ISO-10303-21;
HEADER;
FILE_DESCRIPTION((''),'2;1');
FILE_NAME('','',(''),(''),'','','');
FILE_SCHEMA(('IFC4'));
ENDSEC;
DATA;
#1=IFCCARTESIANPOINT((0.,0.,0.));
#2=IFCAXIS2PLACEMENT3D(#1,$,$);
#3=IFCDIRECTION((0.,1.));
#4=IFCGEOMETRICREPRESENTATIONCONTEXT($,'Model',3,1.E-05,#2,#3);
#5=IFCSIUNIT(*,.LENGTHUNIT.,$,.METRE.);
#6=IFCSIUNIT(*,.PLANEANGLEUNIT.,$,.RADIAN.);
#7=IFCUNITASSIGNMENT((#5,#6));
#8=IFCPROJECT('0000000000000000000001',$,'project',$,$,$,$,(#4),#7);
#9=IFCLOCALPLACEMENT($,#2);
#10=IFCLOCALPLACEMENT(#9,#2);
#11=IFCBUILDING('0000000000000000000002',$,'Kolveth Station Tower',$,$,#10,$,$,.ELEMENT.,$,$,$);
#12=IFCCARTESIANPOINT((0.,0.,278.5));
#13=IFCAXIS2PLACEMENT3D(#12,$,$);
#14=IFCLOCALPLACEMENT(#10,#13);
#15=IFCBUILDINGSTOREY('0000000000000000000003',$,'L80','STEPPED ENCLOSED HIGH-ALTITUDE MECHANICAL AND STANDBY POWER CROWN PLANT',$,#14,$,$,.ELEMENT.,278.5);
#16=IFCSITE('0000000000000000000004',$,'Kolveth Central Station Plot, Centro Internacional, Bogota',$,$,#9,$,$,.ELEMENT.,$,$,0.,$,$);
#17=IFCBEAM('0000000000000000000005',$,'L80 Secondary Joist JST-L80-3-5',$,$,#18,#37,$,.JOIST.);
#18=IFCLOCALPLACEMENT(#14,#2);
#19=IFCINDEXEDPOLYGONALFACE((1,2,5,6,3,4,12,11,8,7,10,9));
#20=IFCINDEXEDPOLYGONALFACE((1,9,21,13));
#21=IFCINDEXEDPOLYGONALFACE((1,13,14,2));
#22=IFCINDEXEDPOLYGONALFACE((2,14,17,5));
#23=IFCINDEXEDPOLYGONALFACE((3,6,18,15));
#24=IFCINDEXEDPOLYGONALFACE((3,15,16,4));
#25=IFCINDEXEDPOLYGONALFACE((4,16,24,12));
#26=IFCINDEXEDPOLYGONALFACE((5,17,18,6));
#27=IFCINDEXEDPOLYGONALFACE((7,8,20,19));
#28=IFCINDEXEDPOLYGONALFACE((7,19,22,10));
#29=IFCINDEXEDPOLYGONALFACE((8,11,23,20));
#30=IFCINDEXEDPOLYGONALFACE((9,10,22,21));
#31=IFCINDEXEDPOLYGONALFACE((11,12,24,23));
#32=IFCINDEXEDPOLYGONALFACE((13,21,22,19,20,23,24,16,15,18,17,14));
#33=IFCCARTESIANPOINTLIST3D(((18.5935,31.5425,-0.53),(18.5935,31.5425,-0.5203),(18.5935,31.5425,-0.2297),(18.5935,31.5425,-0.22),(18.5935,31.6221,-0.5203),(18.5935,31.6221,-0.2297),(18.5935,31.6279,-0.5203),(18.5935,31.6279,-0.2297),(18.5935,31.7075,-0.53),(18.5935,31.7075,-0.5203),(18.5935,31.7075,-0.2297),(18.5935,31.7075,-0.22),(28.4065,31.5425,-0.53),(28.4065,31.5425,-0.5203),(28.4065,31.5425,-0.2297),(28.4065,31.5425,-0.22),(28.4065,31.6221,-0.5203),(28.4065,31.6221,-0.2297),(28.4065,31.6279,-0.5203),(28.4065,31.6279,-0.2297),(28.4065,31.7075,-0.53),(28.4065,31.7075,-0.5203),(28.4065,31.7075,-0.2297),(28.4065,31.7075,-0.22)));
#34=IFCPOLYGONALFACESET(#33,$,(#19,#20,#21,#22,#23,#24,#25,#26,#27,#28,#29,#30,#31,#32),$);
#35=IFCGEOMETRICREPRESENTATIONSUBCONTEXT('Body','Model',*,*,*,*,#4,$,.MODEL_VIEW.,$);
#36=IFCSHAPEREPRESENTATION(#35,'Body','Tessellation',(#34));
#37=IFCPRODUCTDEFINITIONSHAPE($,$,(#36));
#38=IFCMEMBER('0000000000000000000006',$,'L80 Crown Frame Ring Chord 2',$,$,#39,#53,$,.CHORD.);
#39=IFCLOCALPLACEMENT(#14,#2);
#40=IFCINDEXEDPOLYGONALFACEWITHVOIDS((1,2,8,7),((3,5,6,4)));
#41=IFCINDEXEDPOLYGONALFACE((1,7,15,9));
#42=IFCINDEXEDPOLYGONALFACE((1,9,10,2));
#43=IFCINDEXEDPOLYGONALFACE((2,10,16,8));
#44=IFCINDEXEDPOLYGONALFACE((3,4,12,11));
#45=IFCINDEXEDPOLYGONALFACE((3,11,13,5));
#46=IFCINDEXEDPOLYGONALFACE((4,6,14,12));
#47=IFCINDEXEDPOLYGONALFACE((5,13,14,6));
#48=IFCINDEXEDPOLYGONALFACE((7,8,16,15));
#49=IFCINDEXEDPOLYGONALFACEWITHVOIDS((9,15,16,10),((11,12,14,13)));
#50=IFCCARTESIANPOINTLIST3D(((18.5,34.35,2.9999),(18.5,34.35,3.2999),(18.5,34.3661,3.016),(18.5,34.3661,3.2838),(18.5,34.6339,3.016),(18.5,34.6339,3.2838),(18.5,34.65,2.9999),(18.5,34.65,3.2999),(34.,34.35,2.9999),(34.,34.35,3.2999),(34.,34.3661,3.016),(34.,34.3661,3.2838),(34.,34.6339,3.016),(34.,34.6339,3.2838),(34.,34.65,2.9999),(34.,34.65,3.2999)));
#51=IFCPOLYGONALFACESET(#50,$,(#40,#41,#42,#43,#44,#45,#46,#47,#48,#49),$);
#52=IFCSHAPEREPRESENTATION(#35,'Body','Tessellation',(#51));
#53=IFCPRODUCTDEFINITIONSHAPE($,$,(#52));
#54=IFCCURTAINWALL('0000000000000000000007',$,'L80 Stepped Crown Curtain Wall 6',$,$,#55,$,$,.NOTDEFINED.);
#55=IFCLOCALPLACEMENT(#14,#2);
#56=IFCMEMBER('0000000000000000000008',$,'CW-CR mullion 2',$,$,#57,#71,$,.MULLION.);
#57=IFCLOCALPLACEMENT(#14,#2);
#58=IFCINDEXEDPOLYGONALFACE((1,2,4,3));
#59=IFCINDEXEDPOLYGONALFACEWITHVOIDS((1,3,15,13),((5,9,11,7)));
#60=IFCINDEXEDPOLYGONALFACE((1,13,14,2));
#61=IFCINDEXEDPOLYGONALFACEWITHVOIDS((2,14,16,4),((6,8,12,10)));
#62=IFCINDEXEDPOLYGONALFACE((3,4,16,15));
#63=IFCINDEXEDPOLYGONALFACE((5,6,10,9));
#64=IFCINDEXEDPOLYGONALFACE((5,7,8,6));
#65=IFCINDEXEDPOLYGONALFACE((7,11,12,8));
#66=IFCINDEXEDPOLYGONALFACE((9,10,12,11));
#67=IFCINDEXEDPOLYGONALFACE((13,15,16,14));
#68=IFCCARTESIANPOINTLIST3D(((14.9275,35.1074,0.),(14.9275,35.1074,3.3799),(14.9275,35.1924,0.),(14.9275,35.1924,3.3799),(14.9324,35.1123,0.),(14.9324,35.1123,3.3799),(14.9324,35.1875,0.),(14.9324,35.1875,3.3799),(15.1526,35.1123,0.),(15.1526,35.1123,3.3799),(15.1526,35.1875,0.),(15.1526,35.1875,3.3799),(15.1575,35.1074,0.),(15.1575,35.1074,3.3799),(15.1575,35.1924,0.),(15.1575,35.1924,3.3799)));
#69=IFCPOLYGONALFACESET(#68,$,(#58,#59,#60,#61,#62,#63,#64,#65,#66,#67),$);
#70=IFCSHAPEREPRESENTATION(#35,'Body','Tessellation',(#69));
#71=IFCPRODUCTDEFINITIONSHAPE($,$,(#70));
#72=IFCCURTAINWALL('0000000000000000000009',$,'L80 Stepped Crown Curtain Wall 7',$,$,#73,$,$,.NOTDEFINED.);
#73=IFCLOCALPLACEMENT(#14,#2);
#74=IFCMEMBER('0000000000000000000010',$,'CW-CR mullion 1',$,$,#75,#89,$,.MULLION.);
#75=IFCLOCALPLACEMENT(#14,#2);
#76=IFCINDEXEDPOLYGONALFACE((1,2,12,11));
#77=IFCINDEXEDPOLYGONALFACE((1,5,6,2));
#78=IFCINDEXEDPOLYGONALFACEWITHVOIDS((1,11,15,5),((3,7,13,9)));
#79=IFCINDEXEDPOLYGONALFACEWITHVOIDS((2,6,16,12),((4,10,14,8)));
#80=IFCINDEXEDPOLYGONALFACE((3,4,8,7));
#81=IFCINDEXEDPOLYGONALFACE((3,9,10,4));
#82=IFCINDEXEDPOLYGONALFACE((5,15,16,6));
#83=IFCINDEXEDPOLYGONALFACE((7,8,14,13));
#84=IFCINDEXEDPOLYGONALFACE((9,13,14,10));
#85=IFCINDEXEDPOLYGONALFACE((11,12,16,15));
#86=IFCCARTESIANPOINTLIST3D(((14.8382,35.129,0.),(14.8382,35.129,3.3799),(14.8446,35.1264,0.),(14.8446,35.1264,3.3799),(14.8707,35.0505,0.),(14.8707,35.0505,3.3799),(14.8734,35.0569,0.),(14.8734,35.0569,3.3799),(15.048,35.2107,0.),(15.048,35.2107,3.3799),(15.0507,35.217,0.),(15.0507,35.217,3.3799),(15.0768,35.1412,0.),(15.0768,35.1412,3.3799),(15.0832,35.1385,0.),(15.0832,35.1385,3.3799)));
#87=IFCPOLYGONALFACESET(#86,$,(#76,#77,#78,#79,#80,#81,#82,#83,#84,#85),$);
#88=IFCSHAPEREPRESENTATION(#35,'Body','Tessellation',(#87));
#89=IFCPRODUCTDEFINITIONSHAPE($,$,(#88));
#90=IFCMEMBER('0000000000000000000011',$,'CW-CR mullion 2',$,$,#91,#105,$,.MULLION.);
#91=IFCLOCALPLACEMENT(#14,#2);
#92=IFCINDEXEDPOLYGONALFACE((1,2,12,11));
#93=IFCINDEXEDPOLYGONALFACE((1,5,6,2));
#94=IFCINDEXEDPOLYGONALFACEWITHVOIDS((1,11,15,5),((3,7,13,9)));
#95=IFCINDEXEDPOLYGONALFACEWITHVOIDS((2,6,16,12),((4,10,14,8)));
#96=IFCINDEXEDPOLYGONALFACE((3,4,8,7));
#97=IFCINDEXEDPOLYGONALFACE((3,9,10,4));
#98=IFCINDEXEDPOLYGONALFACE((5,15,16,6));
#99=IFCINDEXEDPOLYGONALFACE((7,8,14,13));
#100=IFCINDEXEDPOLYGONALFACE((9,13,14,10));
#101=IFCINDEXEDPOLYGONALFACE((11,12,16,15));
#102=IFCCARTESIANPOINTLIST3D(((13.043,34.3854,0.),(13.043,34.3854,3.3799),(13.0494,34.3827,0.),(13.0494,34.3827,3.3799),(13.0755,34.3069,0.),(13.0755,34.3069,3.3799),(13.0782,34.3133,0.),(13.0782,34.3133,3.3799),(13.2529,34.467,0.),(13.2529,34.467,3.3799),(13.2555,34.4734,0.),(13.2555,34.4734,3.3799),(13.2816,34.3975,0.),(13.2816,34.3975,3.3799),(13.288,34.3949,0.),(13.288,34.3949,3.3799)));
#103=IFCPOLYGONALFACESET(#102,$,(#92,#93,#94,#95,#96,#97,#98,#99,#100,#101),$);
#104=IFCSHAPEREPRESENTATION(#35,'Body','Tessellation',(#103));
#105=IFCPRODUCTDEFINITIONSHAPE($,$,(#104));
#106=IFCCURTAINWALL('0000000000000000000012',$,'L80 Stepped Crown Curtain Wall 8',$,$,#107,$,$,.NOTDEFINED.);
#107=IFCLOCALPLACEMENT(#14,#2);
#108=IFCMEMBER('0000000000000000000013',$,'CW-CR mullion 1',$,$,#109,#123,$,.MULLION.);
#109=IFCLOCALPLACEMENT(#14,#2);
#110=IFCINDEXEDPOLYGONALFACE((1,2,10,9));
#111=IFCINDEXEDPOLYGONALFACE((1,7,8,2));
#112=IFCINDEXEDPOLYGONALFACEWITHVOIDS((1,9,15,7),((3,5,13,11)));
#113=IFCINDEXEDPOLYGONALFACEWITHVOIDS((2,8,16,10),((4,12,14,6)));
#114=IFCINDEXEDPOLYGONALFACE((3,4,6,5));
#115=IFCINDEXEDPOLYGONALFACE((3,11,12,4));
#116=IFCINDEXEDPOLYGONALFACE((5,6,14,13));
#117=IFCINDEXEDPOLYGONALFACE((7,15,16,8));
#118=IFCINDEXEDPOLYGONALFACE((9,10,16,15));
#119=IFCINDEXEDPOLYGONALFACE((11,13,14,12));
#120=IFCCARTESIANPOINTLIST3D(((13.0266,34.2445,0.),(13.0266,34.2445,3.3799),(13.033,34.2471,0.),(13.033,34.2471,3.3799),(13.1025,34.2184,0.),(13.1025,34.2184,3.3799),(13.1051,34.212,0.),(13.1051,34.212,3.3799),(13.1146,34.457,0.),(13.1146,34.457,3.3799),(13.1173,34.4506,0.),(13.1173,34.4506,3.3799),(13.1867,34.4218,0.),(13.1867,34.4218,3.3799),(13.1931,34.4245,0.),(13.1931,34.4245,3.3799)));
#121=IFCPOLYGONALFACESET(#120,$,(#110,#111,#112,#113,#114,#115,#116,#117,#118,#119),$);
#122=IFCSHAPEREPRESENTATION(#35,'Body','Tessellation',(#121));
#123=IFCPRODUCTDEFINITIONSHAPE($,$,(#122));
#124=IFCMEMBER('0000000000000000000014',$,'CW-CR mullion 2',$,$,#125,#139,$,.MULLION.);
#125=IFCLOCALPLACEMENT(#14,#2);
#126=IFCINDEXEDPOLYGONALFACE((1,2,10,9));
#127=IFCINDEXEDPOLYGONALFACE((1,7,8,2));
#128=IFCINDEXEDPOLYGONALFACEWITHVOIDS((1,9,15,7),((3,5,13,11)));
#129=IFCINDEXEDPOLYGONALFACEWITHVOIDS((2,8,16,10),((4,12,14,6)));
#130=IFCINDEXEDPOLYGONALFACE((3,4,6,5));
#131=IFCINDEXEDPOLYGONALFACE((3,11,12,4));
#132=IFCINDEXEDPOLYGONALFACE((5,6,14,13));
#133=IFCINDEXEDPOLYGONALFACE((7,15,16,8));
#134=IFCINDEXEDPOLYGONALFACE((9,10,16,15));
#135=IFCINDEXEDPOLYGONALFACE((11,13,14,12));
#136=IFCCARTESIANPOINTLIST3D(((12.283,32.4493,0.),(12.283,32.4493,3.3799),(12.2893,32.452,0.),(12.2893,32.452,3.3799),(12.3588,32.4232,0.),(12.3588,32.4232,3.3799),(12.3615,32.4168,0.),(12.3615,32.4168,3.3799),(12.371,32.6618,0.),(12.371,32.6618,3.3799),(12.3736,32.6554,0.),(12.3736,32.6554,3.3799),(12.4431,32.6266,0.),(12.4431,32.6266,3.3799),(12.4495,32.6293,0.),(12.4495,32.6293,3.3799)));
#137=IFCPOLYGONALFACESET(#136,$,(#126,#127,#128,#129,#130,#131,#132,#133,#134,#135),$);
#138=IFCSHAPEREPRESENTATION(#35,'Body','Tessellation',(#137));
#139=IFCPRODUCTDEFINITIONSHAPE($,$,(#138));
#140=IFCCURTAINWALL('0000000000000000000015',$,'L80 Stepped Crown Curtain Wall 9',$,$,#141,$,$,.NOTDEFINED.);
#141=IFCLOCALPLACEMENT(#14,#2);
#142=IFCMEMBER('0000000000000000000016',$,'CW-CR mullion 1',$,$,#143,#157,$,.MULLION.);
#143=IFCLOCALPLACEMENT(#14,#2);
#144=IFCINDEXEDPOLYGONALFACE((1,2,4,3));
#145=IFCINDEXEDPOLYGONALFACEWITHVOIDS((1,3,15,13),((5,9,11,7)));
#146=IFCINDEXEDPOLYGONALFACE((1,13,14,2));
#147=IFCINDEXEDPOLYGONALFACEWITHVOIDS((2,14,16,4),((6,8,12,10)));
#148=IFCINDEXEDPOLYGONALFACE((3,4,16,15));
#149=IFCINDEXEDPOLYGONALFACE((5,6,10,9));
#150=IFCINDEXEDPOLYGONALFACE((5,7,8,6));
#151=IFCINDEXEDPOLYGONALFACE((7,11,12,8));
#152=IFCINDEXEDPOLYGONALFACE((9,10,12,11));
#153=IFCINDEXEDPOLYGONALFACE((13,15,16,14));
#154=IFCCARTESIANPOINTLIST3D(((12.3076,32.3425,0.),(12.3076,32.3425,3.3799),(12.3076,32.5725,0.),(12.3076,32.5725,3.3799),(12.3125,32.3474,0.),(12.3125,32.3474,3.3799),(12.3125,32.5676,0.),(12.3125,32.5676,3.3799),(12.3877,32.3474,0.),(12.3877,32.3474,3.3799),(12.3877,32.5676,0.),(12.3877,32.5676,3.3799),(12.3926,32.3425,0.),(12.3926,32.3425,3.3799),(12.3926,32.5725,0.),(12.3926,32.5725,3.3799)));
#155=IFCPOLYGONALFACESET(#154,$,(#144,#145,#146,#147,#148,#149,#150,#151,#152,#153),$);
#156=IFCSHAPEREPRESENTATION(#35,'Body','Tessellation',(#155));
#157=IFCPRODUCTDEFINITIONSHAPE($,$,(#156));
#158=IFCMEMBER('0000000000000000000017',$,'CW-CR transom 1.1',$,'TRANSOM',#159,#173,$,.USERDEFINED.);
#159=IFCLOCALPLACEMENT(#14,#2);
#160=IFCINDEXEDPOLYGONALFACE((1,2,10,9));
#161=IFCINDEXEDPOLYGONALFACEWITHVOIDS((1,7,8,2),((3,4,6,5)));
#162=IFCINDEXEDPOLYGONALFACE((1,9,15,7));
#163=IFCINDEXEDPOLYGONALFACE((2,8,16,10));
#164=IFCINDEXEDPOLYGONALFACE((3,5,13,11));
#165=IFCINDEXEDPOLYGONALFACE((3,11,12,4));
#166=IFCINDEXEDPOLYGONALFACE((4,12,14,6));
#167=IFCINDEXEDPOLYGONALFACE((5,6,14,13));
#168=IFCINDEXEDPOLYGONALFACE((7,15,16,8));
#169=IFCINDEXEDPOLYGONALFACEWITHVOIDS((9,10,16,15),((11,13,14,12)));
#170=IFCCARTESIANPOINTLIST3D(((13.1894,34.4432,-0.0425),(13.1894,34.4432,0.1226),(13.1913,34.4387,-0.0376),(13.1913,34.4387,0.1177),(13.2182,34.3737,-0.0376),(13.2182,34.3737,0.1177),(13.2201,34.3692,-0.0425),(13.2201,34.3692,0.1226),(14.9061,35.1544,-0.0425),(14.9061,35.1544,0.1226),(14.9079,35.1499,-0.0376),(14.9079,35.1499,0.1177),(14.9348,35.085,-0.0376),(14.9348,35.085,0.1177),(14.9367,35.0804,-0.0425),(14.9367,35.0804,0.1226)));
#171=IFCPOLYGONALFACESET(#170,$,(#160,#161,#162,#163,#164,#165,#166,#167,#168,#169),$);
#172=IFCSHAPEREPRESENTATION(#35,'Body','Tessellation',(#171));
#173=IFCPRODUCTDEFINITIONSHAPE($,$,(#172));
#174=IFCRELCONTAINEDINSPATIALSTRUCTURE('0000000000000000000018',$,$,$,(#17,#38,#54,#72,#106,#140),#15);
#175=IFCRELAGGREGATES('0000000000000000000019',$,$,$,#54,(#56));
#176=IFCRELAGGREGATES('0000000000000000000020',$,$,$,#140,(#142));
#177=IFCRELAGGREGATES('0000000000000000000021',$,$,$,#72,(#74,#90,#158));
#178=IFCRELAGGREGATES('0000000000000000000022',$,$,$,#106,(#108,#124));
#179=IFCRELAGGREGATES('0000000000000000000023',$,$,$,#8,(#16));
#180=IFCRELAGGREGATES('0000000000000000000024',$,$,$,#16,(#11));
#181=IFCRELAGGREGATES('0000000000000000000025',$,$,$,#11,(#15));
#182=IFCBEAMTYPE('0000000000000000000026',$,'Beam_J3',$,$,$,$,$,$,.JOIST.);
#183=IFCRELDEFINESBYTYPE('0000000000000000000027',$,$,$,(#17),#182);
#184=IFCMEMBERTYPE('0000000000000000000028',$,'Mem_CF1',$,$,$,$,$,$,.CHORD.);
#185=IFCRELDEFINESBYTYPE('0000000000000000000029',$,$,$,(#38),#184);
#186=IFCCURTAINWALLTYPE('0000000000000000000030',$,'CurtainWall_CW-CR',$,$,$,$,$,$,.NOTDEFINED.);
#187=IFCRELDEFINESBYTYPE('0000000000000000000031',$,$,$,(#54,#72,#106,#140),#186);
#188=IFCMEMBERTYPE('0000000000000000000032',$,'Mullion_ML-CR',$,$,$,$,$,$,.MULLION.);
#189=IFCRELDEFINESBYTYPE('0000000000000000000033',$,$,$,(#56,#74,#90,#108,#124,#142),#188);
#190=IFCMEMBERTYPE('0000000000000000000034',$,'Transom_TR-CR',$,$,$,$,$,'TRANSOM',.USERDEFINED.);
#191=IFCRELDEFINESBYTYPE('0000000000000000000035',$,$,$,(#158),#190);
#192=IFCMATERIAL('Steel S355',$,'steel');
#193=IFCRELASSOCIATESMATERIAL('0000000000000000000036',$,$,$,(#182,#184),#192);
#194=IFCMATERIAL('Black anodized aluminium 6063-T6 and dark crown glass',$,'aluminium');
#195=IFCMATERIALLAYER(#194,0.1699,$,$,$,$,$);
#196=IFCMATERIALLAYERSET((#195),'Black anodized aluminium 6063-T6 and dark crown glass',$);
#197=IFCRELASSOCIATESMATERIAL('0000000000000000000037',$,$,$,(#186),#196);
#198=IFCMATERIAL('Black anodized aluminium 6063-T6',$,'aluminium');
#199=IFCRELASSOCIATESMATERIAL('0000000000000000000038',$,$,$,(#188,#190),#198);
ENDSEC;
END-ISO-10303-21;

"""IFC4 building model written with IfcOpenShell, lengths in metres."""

from ifc_helpers import new_model, si_unit, direction, frame, origin, origin_2d, place, context, subcontext, project, spatial, hollow_rectangle, i_section, extrude, source, transform, mapped, material, layer, layer_set, material_profile, profile_set, type_object, element, aggregate, save


model = new_model("IFC4")

# Units and contexts
model_context = context("Model", 3, precision=1e-05, world=origin(), true_north=direction((0.0, 1.0)))
body_context = subcontext(model_context, "Body", "Model", "MODEL_VIEW")
ifc_project = project(units=[si_unit("LENGTHUNIT", "METRE"), si_unit("PLANEANGLEUNIT", "RADIAN")], contexts=[model_context])

# Site, building, storey
site_placement = place(None, origin())
site = spatial("IfcSite", under=ifc_project, at=site_placement, Name="Kolveth Central Station Plot, Centro Internacional, Bogota", CompositionType="ELEMENT", RefElevation=0.0)
building_placement = place(site_placement, origin())
building = spatial("IfcBuilding", under=site, at=building_placement, Name="Kolveth Station Tower", CompositionType="ELEMENT")
storey_placement = place(building_placement, frame((0.0, 0.0, 278.5)))
storey = spatial("IfcBuildingStorey", under=building, at=storey_placement, Name="L80", Description="STEPPED ENCLOSED HIGH-ALTITUDE MECHANICAL AND STANDBY POWER CROWN PLANT", CompositionType="ELEMENT", Elevation=278.5)

# Shared definitions
ifc_material_1 = material(Name="Steel S355", Category="steel")

# Beam
ifc_material_profile_1 = material_profile(ifc_material_1, i_section(OverallWidth=0.165, OverallDepth=0.3101, WebThickness=0.0059, FlangeThickness=0.0098, at=origin_2d()), Name="W310x39")
ifc_profile_set_1 = profile_set([ifc_material_profile_1], Name="Steel S355")
beam_type_1 = type_object("IfcBeamType", Name="Beam_J3", PredefinedType="JOIST", material=ifc_profile_set_1)
shared_shape_1 = source(origin(), body_context, "Body", "SweptSolid", [
    extrude(i_section(OverallWidth=0.165, OverallDepth=0.3101, WebThickness=0.0059, FlangeThickness=0.0098, at=origin_2d()), origin(), (0.0, 0.0, 1.0), 9.813),
])
beam_1_placement = place(storey_placement, frame((18.5935, 31.625, -0.375), z_axis=(1.0, 0.0, 0.0), x_axis=(0.0, 1.0, 0.0)))
element("IfcBeam", 1, at=beam_1_placement, inside=storey, type_object=beam_type_1, Name="L80 Secondary Joist JST-L80-3-5", PredefinedType="JOIST", context=body_context, shape_type="MappedRepresentation", body=[
    mapped(shared_shape_1, transform((0.0, 0.0, 0.0), x_axis=(1.0, 0.0, 0.0), y_axis=(0.0, 1.0, 0.0), z_axis=(0.0, 0.0, 1.0), scale=1.0)),
])

# Member
ifc_material_profile_2 = material_profile(ifc_material_1, hollow_rectangle(XDim=0.3, YDim=0.3, WallThickness=0.0161, at=origin_2d()), Name="CROWN-HSS300x300x16")
ifc_profile_set_2 = profile_set([ifc_material_profile_2], Name="Steel S355")
member_type_1 = type_object("IfcMemberType", Name="Mem_CF1", PredefinedType="CHORD", material=ifc_profile_set_2)
shared_shape_2 = source(origin(), body_context, "Body", "SweptSolid", [
    extrude(hollow_rectangle(XDim=0.3, YDim=0.3, WallThickness=0.0161, at=origin_2d()), origin(), (0.0, 0.0, 1.0), 15.5),
])
member_1_placement = place(storey_placement, frame((18.5, 34.5, 3.1499), z_axis=(1.0, 0.0, 0.0), x_axis=(0.0, 1.0, 0.0)))
element("IfcMember", 2, at=member_1_placement, inside=storey, type_object=member_type_1, Name="L80 Crown Frame Ring Chord 2", PredefinedType="CHORD", context=body_context, shape_type="MappedRepresentation", body=[
    mapped(shared_shape_2, transform((0.0, 0.0, 0.0), x_axis=(1.0, 0.0, 0.0), y_axis=(0.0, 1.0, 0.0), z_axis=(0.0, 0.0, 1.0), scale=1.0)),
])

# Curtain wall, member
ifc_material_2 = material(Name="Black anodized aluminium 6063-T6 and dark crown glass", Category="aluminium")
ifc_layer_1 = layer(ifc_material_2, 0.1699)
ifc_layer_set_1 = layer_set([ifc_layer_1], Name="Black anodized aluminium 6063-T6 and dark crown glass")
curtain_wall_type = type_object("IfcCurtainWallType", Name="CurtainWall_CW-CR", PredefinedType="NOTDEFINED", material=ifc_layer_set_1)
curtain_wall_1_placement = place(storey_placement, origin())
curtain_wall_1 = element("IfcCurtainWall", 3, at=curtain_wall_1_placement, inside=storey, type_object=curtain_wall_type, Name="L80 Stepped Crown Curtain Wall 6", PredefinedType="NOTDEFINED")
ifc_material_3 = material(Name="Black anodized aluminium 6063-T6", Category="aluminium")
ifc_material_profile_3 = material_profile(ifc_material_3, hollow_rectangle(XDim=0.085, YDim=0.23, WallThickness=0.0049, at=origin_2d()), Name="ALU-85x230x5")
ifc_profile_set_3 = profile_set([ifc_material_profile_3], Name="Black anodized aluminium 6063-T6")
member_type_2 = type_object("IfcMemberType", Name="Mullion_ML-CR", PredefinedType="MULLION", material=ifc_profile_set_3)
shared_shape_3 = source(origin(), body_context, "Body", "SweptSolid", [
    extrude(hollow_rectangle(XDim=0.085, YDim=0.23, WallThickness=0.0049, at=origin_2d()), origin(), (0.0, 0.0, 1.0), 3.3799),
])
member_2_placement = place(storey_placement, frame((15.0425, 35.1499, 0.0), z_axis=(0.0, 0.0, 1.0), x_axis=(0.0, -1.0, 0.0)))
member_2 = element("IfcMember", 4, at=member_2_placement, type_object=member_type_2, Name="CW-CR mullion 2", PredefinedType="MULLION", context=body_context, shape_type="MappedRepresentation", body=[
    mapped(shared_shape_3, transform((0.0, 0.0, 0.0), x_axis=(1.0, 0.0, 0.0), y_axis=(0.0, 1.0, 0.0), z_axis=(0.0, 0.0, 1.0), scale=1.0)),
])
aggregate(curtain_wall_1, [member_2])

# Curtain walls, members
curtain_wall_2_placement = place(storey_placement, origin())
curtain_wall_2 = element("IfcCurtainWall", 5, at=curtain_wall_2_placement, inside=storey, type_object=curtain_wall_type, Name="L80 Stepped Crown Curtain Wall 7", PredefinedType="NOTDEFINED")
member_3_placement = place(storey_placement, frame((14.9607, 35.1338, 0.0), z_axis=(0.0, 0.0, 1.0), x_axis=(0.382703, -0.923871, 0.0)))
member_3 = element("IfcMember", 6, at=member_3_placement, type_object=member_type_2, Name="CW-CR mullion 1", PredefinedType="MULLION", context=body_context, shape_type="MappedRepresentation", body=[
    mapped(shared_shape_3, transform((0.0, 0.0, 0.0), x_axis=(1.0, 0.0, 0.0), y_axis=(0.0, 1.0, 0.0), z_axis=(0.0, 0.0, 1.0), scale=1.0)),
])
member_4_placement = place(storey_placement, frame((13.1655, 34.3901, 0.0), z_axis=(0.0, 0.0, 1.0), x_axis=(0.382703, -0.923871, 0.0)))
member_4 = element("IfcMember", 7, at=member_4_placement, type_object=member_type_2, Name="CW-CR mullion 2", PredefinedType="MULLION", context=body_context, shape_type="MappedRepresentation", body=[
    mapped(shared_shape_3, transform((0.0, 0.0, 0.0), x_axis=(1.0, 0.0, 0.0), y_axis=(0.0, 1.0, 0.0), z_axis=(0.0, 0.0, 1.0), scale=1.0)),
])
curtain_wall_3_placement = place(storey_placement, origin())
curtain_wall_3 = element("IfcCurtainWall", 8, at=curtain_wall_3_placement, inside=storey, type_object=curtain_wall_type, Name="L80 Stepped Crown Curtain Wall 8", PredefinedType="NOTDEFINED")
member_5_placement = place(storey_placement, frame((13.1099, 34.3345, 0.0), z_axis=(0.0, 0.0, 1.0), x_axis=(0.923871, -0.382703, 0.0)))
member_5 = element("IfcMember", 9, at=member_5_placement, type_object=member_type_2, Name="CW-CR mullion 1", PredefinedType="MULLION", context=body_context, shape_type="MappedRepresentation", body=[
    mapped(shared_shape_3, transform((0.0, 0.0, 0.0), x_axis=(1.0, 0.0, 0.0), y_axis=(0.0, 1.0, 0.0), z_axis=(0.0, 0.0, 1.0), scale=1.0)),
])
member_6_placement = place(storey_placement, frame((12.3662, 32.5393, 0.0), z_axis=(0.0, 0.0, 1.0), x_axis=(0.923871, -0.382703, 0.0)))
member_6 = element("IfcMember", 10, at=member_6_placement, type_object=member_type_2, Name="CW-CR mullion 2", PredefinedType="MULLION", context=body_context, shape_type="MappedRepresentation", body=[
    mapped(shared_shape_3, transform((0.0, 0.0, 0.0), x_axis=(1.0, 0.0, 0.0), y_axis=(0.0, 1.0, 0.0), z_axis=(0.0, 0.0, 1.0), scale=1.0)),
])

# Curtain wall, member
curtain_wall_4_placement = place(storey_placement, origin())
curtain_wall_4 = element("IfcCurtainWall", 11, at=curtain_wall_4_placement, inside=storey, type_object=curtain_wall_type, Name="L80 Stepped Crown Curtain Wall 9", PredefinedType="NOTDEFINED")
member_7_placement = place(storey_placement, frame((12.3501, 32.4575, 0.0), z_axis=(0.0, 0.0, 1.0), x_axis=(1.0, 0.0, 0.0)))
member_7 = element("IfcMember", 12, at=member_7_placement, type_object=member_type_2, Name="CW-CR mullion 1", PredefinedType="MULLION", context=body_context, shape_type="MappedRepresentation", body=[
    mapped(shared_shape_3, transform((0.0, 0.0, 0.0), x_axis=(1.0, 0.0, 0.0), y_axis=(0.0, 1.0, 0.0), z_axis=(0.0, 0.0, 1.0), scale=1.0)),
])

# Member
ifc_material_profile_4 = material_profile(ifc_material_3, hollow_rectangle(XDim=0.0801, YDim=0.165, WallThickness=0.0049, at=origin_2d()), Name="ALU-80x165x5")
ifc_profile_set_4 = profile_set([ifc_material_profile_4], Name="Black anodized aluminium 6063-T6")
member_type_3 = type_object("IfcMemberType", Name="Transom_TR-CR", ElementType="TRANSOM", PredefinedType="USERDEFINED", material=ifc_profile_set_4)
shared_shape_4 = source(origin(), body_context, "Body", "SweptSolid", [
    extrude(hollow_rectangle(XDim=0.0801, YDim=0.165, WallThickness=0.0049, at=origin_2d()), origin(), (0.0, 0.0, 1.0), 1.8582),
])
member_8_placement = place(storey_placement, frame((14.9214, 35.1174, 0.04), z_axis=(-0.923849, -0.382758, 0.0), x_axis=(0.382758, -0.923849, 0.0)))
member_8 = element("IfcMember", 13, at=member_8_placement, type_object=member_type_3, Name="CW-CR transom 1.1", ObjectType="TRANSOM", PredefinedType="USERDEFINED", context=body_context, shape_type="MappedRepresentation", body=[
    mapped(shared_shape_4, transform((0.0, 0.0, 0.0), x_axis=(1.0, 0.0, 0.0), y_axis=(0.0, 1.0, 0.0), z_axis=(0.0, 0.0, 1.0), scale=1.0)),
])
aggregate(curtain_wall_4, [member_7])

aggregate(curtain_wall_2, [member_3, member_4, member_8])
aggregate(curtain_wall_3, [member_5, member_6])

save(model, "model.ifc")
